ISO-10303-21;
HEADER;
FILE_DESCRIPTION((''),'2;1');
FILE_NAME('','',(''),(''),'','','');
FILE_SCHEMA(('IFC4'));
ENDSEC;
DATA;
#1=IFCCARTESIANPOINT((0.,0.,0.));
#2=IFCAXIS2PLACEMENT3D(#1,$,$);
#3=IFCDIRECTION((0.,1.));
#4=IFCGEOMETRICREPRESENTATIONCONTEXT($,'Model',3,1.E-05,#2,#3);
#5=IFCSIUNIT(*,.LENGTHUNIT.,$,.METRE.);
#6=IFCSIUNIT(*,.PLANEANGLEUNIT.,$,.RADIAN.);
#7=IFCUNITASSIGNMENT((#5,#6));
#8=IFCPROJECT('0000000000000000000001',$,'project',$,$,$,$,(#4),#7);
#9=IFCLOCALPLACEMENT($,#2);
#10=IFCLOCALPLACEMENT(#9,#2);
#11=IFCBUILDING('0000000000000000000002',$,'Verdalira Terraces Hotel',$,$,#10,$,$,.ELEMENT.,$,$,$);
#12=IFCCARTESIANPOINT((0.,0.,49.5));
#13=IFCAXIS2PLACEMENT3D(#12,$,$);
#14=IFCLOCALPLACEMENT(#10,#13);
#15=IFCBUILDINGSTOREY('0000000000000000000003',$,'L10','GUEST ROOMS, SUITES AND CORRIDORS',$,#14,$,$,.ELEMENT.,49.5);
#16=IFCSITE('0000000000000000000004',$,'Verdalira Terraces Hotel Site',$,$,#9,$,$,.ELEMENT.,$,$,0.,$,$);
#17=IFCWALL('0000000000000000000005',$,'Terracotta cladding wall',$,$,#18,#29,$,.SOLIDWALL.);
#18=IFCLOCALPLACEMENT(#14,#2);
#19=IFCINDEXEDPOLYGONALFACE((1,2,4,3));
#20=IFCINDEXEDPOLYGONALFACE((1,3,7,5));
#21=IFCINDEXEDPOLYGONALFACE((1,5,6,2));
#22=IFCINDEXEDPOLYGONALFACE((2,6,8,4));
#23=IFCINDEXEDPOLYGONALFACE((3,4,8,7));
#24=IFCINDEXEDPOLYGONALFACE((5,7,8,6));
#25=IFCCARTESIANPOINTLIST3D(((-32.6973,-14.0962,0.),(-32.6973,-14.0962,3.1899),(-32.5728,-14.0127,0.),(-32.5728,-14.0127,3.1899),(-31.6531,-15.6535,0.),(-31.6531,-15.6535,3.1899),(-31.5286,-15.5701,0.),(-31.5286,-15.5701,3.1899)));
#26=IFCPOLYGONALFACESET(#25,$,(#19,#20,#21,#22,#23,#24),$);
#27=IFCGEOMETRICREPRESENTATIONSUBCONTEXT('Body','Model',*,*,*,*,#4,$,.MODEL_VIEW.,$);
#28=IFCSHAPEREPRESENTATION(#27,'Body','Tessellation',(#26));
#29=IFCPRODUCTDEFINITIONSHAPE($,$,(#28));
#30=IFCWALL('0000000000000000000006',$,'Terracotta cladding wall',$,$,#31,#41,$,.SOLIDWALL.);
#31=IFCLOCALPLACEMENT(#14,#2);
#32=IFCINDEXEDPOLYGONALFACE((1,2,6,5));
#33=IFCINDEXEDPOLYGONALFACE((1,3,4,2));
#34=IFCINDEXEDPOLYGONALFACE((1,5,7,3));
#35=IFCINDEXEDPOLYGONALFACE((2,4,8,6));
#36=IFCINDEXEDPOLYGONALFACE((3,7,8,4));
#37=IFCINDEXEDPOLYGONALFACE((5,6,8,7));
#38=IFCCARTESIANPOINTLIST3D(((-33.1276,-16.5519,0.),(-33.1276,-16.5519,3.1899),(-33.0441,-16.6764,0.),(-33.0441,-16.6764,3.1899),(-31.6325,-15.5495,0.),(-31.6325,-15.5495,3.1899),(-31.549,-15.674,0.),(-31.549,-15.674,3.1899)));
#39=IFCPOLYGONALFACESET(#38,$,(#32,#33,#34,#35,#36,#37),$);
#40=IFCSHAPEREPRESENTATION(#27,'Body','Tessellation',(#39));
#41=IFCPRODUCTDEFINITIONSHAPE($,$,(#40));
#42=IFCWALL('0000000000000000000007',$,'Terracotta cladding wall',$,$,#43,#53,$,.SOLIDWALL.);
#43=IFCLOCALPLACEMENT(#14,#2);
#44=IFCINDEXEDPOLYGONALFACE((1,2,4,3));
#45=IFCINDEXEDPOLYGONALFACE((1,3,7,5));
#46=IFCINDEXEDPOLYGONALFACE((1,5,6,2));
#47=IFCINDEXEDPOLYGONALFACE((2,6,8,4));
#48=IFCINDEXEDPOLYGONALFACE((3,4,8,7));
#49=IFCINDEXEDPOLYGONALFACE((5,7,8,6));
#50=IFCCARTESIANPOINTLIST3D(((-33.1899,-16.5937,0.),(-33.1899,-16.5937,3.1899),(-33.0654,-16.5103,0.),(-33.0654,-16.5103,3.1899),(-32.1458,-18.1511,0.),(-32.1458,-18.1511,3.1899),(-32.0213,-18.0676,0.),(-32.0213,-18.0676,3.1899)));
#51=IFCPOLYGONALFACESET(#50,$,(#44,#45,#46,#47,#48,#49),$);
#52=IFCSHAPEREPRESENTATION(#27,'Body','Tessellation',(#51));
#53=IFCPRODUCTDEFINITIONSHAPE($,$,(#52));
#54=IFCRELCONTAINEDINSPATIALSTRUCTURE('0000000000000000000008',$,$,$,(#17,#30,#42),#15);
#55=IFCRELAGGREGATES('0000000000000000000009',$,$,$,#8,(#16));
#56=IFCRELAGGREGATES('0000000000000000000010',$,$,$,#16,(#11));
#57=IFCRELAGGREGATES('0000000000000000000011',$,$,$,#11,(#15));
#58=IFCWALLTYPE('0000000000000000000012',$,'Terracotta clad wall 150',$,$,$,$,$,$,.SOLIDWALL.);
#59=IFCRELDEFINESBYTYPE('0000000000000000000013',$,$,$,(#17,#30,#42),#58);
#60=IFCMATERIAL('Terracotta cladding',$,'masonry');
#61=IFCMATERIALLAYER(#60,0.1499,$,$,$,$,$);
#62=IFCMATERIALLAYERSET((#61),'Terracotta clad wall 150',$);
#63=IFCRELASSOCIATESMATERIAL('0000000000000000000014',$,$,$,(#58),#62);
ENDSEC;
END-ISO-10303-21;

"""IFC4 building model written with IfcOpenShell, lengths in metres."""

from ifc_helpers import new_model, si_unit, direction, frame, frame_2d, origin, place, context, subcontext, project, spatial, rectangle, extrude, material, layer, layer_set, type_object, element, save


model = new_model("IFC4")

# Units and contexts
model_context = context("Model", 3, precision=1e-05, world=origin(), true_north=direction((0.0, 1.0)))
body_context = subcontext(model_context, "Body", "Model", "MODEL_VIEW")
ifc_project = project(units=[si_unit("LENGTHUNIT", "METRE"), si_unit("PLANEANGLEUNIT", "RADIAN")], contexts=[model_context])

# Site, building, storey
site_placement = place(None, origin())
site = spatial("IfcSite", under=ifc_project, at=site_placement, Name="Verdalira Terraces Hotel Site", CompositionType="ELEMENT", RefElevation=0.0)
building_placement = place(site_placement, origin())
building = spatial("IfcBuilding", under=site, at=building_placement, Name="Verdalira Terraces Hotel", CompositionType="ELEMENT")
storey_placement = place(building_placement, frame((0.0, 0.0, 49.5)))
storey = spatial("IfcBuildingStorey", under=building, at=storey_placement, Name="L10", Description="GUEST ROOMS, SUITES AND CORRIDORS", CompositionType="ELEMENT", Elevation=49.5)

# Walls
ifc_material_1 = material(Name="Terracotta cladding", Category="masonry")
ifc_layer_1 = layer(ifc_material_1, 0.1499)
ifc_layer_set_1 = layer_set([ifc_layer_1], Name="Terracotta clad wall 150")
wall_type_1 = type_object("IfcWallType", Name="Terracotta clad wall 150", PredefinedType="SOLIDWALL", material=ifc_layer_set_1)
wall_1_placement = place(storey_placement, frame((-32.635, -14.0544, 0.0), z_axis=(0.0, 0.0, 1.0), x_axis=(0.556892, -0.830585, 0.0)))
element("IfcWall", 1, at=wall_1_placement, inside=storey, type_object=wall_type_1, Name="Terracotta cladding wall", PredefinedType="SOLIDWALL", context=body_context, shape_type="SweptSolid", body=[
    extrude(rectangle(XDim=1.875, YDim=0.1499, at=frame_2d((0.9375, 0.0))), origin(), (0.0, 0.0, 1.0), 3.1899),
])
wall_2_placement = place(storey_placement, frame((-31.5908, -15.6118, 0.0), z_axis=(0.0, 0.0, 1.0), x_axis=(-0.830587, -0.556889, 0.0)))
element("IfcWall", 2, at=wall_2_placement, inside=storey, type_object=wall_type_1, Name="Terracotta cladding wall", PredefinedType="SOLIDWALL", context=body_context, shape_type="SweptSolid", body=[
    extrude(rectangle(XDim=1.8, YDim=0.1499, at=frame_2d((0.8999, 0.0))), origin(), (0.0, 0.0, 1.0), 3.1899),
])
wall_3_placement = place(storey_placement, frame((-33.1277, -16.552, 0.0), z_axis=(0.0, 0.0, 1.0), x_axis=(0.556892, -0.830585, 0.0)))
element("IfcWall", 3, at=wall_3_placement, inside=storey, type_object=wall_type_1, Name="Terracotta cladding wall", PredefinedType="SOLIDWALL", context=body_context, shape_type="SweptSolid", body=[
    extrude(rectangle(XDim=1.875, YDim=0.1499, at=frame_2d((0.9375, 0.0))), origin(), (0.0, 0.0, 1.0), 3.1899),
])

save(model, "model.ifc")
